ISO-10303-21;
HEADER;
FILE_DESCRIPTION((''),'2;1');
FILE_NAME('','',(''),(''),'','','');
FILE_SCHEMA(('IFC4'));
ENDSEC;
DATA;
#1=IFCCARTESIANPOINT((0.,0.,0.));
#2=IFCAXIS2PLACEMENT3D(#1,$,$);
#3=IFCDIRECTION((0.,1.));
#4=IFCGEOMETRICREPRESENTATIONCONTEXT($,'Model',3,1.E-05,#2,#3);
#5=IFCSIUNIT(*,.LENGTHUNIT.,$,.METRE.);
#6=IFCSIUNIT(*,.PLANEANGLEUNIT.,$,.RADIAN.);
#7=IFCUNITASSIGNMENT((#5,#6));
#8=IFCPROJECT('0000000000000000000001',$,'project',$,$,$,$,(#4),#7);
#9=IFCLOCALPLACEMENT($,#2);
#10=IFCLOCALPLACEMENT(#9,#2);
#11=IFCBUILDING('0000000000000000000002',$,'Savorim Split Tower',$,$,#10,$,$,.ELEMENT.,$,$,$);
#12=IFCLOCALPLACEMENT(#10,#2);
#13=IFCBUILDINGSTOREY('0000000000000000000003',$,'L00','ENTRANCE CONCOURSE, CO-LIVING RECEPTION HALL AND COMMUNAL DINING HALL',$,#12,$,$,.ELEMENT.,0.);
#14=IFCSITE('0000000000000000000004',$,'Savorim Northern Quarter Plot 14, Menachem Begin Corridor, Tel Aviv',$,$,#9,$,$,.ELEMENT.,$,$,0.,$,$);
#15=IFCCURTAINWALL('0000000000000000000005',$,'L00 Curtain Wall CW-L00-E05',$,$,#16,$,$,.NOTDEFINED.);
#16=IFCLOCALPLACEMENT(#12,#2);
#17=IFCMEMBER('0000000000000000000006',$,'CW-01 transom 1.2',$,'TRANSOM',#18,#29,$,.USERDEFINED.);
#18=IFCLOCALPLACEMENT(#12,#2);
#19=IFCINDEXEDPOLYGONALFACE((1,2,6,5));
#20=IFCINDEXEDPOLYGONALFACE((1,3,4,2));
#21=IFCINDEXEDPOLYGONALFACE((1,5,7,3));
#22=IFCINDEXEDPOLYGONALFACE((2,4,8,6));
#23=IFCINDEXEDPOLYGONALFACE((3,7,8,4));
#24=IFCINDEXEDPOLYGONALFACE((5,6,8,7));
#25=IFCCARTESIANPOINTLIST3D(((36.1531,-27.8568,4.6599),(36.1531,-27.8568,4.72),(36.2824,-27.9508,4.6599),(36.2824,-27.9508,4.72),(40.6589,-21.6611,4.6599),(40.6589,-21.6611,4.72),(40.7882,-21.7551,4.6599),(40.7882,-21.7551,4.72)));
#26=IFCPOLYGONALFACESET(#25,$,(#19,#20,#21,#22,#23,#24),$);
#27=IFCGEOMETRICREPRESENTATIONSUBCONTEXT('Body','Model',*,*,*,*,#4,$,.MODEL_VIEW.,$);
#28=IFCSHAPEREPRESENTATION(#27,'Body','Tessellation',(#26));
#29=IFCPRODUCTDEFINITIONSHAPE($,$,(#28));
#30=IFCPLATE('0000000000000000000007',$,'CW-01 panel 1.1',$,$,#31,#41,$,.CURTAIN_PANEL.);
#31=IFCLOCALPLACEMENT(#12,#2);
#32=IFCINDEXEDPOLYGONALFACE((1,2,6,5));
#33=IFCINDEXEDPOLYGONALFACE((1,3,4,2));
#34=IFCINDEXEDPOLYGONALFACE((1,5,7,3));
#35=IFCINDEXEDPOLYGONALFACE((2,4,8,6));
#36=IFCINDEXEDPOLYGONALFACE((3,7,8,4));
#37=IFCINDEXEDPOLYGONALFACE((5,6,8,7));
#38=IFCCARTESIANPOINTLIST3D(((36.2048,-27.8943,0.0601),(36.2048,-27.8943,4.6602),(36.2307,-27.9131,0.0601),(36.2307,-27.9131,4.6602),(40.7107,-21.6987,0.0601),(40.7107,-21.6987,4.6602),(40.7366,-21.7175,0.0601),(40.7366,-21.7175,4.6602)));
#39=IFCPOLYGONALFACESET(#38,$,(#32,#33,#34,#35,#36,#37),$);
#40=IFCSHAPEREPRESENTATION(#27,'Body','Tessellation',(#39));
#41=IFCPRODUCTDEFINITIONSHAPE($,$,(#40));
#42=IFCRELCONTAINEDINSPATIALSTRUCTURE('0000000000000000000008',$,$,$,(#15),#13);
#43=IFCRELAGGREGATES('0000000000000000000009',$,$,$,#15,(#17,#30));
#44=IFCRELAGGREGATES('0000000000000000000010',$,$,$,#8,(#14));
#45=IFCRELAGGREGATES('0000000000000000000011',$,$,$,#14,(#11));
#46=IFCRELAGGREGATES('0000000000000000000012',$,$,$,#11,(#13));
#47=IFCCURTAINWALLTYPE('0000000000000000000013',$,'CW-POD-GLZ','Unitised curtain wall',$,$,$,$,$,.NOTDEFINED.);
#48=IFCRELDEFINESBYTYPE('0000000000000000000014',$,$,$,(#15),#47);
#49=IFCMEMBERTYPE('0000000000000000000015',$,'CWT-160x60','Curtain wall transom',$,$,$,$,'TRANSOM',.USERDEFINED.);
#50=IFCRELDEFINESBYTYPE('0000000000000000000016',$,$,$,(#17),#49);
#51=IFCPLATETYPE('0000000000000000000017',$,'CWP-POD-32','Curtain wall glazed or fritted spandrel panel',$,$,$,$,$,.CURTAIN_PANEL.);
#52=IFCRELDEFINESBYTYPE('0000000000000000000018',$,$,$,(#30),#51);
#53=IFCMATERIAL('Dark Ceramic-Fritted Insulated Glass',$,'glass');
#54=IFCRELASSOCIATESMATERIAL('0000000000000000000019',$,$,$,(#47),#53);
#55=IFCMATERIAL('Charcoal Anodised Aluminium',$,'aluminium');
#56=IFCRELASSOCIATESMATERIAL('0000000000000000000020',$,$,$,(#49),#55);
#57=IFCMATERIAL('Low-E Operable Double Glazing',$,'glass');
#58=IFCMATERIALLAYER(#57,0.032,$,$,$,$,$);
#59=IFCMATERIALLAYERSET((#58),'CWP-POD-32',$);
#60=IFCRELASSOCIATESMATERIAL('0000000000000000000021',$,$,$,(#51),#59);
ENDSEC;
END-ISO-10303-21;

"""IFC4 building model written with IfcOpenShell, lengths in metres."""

from ifc_helpers import new_model, si_unit, direction, frame, origin, origin_2d, place, context, subcontext, project, spatial, rectangle, extrude, material, layer, layer_set, material_profile, profile_set, type_object, element, aggregate, save


model = new_model("IFC4")

# Units and contexts
model_context = context("Model", 3, precision=1e-05, world=origin(), true_north=direction((0.0, 1.0)))
body_context = subcontext(model_context, "Body", "Model", "MODEL_VIEW")
ifc_project = project(units=[si_unit("LENGTHUNIT", "METRE"), si_unit("PLANEANGLEUNIT", "RADIAN")], contexts=[model_context])

# Site, building, storey
site_placement = place(None, origin())
site = spatial("IfcSite", under=ifc_project, at=site_placement, Name="Savorim Northern Quarter Plot 14, Menachem Begin Corridor, Tel Aviv", CompositionType="ELEMENT", RefElevation=0.0)
building_placement = place(site_placement, origin())
building = spatial("IfcBuilding", under=site, at=building_placement, Name="Savorim Split Tower", CompositionType="ELEMENT")
storey_placement = place(building_placement, origin())
storey = spatial("IfcBuildingStorey", under=building, at=storey_placement, Name="L00", Description="ENTRANCE CONCOURSE, CO-LIVING RECEPTION HALL AND COMMUNAL DINING HALL", CompositionType="ELEMENT", Elevation=0.0)

# Curtain wall, member, plate
ifc_material_1 = material(Name="Dark Ceramic-Fritted Insulated Glass", Category="glass")
curtain_wall_type = type_object("IfcCurtainWallType", Name="CW-POD-GLZ", Description="Unitised curtain wall", PredefinedType="NOTDEFINED", material=ifc_material_1)
curtain_wall_placement = place(storey_placement, origin())
curtain_wall = element("IfcCurtainWall", 1, at=curtain_wall_placement, inside=storey, type_object=curtain_wall_type, Name="L00 Curtain Wall CW-L00-E05", PredefinedType="NOTDEFINED")
ifc_material_2 = material(Name="Charcoal Anodised Aluminium", Category="aluminium")
ifc_material_profile_1 = material_profile(ifc_material_2, rectangle(XDim=0.1599, YDim=0.0601, at=origin_2d()), Name="ALU-T 160x60")
ifc_profile_set_1 = profile_set([ifc_material_profile_1], Name="Charcoal Anodised Aluminium")
member_type_1 = type_object("IfcMemberType", Name="CWT-160x60", Description="Curtain wall transom", ElementType="TRANSOM", PredefinedType="USERDEFINED", material=ifc_profile_set_1)
member_1_placement = place(storey_placement, frame((36.2178, -27.9038, 4.6899), z_axis=(0.588157, 0.808747, 0.0), x_axis=(-0.808747, 0.588157, 0.0)))
member_1 = element("IfcMember", 2, at=member_1_placement, type_object=member_type_1, Name="CW-01 transom 1.2", ObjectType="TRANSOM", PredefinedType="USERDEFINED", context=body_context, shape_type="SweptSolid", body=[
    extrude(rectangle(XDim=0.1599, YDim=0.0601, at=origin_2d()), origin(), (0.0, 0.0, 1.0), 7.6609),
])
ifc_material_3 = material(Name="Low-E Operable Double Glazing", Category="glass")
ifc_layer_1 = layer(ifc_material_3, 0.032)
ifc_layer_set_1 = layer_set([ifc_layer_1], Name="CWP-POD-32")
plate_type = type_object("IfcPlateType", Name="CWP-POD-32", Description="Curtain wall glazed or fritted spandrel panel", PredefinedType="CURTAIN_PANEL", material=ifc_layer_set_1)
plate_placement = place(storey_placement, frame((38.4707, -24.8059, 0.0601), z_axis=(0.0, 0.0, 1.0), x_axis=(0.58817, 0.808737, 0.0)))
plate = element("IfcPlate", 3, at=plate_placement, type_object=plate_type, Name="CW-01 panel 1.1", PredefinedType="CURTAIN_PANEL", context=body_context, shape_type="SweptSolid", body=[
    extrude(rectangle(XDim=7.6609, YDim=0.032, at=origin_2d()), origin(), (0.0, 0.0, 1.0), 4.6001),
])
aggregate(curtain_wall, [member_1, plate])

save(model, "model.ifc")
